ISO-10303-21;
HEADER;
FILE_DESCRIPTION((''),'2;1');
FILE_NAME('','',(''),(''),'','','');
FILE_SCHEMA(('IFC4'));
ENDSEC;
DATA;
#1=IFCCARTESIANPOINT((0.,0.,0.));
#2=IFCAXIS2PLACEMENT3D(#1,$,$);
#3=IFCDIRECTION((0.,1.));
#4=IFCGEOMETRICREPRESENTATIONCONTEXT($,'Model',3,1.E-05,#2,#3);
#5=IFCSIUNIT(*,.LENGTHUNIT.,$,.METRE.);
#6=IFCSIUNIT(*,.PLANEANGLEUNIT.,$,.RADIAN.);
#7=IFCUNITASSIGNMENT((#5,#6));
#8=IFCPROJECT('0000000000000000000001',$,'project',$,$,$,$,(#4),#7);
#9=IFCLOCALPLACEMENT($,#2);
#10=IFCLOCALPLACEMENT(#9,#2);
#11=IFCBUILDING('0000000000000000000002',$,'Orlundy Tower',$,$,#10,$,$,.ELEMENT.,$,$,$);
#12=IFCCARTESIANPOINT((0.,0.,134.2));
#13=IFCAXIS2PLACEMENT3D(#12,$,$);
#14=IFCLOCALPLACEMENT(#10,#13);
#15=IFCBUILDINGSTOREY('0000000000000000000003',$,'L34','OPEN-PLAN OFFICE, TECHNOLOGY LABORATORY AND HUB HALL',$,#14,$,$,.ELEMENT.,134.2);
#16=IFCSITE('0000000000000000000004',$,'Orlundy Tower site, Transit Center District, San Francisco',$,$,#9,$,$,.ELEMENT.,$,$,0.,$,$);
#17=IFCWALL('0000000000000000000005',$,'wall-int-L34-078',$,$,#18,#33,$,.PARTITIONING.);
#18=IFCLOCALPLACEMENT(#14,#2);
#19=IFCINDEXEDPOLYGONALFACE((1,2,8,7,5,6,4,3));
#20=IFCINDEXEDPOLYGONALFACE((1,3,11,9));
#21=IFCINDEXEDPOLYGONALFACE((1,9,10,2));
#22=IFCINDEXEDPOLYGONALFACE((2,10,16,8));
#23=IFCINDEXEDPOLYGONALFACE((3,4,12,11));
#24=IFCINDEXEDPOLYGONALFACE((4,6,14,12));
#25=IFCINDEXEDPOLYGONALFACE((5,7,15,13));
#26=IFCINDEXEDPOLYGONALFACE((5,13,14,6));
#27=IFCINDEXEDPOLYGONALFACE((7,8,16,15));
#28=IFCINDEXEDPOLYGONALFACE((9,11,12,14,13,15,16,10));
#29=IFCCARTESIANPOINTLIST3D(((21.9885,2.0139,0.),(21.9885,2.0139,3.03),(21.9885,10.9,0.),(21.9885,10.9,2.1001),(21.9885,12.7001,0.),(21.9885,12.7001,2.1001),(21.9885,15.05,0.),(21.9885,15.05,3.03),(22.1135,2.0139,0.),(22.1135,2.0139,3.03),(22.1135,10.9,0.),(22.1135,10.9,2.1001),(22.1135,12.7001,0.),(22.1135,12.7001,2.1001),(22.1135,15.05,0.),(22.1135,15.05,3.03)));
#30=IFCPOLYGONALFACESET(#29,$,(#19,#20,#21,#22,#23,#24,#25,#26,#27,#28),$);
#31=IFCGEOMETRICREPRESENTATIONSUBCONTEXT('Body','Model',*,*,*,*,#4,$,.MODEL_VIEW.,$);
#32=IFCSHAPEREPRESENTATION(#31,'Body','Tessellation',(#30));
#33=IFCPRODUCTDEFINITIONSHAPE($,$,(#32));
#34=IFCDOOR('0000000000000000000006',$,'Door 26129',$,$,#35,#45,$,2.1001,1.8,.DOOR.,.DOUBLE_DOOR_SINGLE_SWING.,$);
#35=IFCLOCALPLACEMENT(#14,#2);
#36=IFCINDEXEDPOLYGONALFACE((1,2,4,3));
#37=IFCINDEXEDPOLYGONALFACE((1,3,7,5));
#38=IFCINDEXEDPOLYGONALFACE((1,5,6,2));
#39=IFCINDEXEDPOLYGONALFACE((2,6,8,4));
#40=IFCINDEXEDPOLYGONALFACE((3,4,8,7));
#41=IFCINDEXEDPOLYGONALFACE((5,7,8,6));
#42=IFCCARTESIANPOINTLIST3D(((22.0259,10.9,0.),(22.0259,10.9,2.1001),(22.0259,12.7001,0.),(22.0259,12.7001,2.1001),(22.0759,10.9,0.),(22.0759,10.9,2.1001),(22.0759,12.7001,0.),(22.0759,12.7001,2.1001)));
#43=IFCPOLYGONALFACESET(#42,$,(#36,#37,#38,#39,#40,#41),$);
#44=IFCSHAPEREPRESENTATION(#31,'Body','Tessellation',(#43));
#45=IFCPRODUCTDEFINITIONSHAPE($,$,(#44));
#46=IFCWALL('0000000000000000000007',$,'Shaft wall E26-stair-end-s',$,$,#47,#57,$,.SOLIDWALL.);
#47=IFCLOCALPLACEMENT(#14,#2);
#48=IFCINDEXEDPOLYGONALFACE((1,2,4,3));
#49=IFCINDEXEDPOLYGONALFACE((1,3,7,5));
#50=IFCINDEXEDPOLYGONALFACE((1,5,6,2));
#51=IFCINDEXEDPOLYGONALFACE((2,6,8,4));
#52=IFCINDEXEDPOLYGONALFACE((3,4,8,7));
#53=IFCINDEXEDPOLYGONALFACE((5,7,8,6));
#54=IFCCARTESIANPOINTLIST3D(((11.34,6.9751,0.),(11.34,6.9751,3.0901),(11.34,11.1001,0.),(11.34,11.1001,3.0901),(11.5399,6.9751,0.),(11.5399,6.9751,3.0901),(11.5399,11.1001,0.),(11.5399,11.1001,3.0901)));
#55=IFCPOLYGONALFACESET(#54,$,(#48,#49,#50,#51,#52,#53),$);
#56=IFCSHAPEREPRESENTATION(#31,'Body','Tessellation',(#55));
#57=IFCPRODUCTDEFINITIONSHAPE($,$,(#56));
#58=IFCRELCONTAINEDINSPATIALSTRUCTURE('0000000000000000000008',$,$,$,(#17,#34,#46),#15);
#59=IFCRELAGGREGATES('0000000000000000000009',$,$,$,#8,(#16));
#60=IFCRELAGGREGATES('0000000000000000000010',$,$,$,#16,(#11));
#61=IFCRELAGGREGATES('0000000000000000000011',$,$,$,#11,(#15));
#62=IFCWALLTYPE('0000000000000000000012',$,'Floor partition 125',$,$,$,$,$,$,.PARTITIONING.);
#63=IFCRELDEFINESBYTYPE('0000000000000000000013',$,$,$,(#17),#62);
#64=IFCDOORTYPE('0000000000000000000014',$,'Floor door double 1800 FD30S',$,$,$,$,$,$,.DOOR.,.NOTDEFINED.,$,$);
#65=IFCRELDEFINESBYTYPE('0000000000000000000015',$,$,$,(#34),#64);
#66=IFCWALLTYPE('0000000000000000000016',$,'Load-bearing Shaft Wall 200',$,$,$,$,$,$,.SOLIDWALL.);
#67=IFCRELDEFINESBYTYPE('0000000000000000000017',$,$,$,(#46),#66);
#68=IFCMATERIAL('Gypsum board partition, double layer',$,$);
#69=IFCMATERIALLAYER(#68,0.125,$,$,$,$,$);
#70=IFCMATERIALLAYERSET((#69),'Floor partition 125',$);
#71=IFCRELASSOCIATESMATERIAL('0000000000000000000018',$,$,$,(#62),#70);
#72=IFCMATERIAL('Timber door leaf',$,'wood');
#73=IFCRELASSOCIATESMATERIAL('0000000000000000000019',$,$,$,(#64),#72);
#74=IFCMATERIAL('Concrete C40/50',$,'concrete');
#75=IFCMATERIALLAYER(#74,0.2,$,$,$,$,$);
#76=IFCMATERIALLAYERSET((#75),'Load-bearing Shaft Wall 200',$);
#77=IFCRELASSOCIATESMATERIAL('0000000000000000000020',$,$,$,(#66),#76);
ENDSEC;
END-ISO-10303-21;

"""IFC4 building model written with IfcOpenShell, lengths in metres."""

from ifc_helpers import new_model, si_unit, direction, frame, frame_2d, origin, place, context, subcontext, project, spatial, rectangle, extrude, material, layer, layer_set, type_object, element, fill, save


model = new_model("IFC4")

# Units and contexts
model_context = context("Model", 3, precision=1e-05, world=origin(), true_north=direction((0.0, 1.0)))
body_context = subcontext(model_context, "Body", "Model", "MODEL_VIEW")
ifc_project = project(units=[si_unit("LENGTHUNIT", "METRE"), si_unit("PLANEANGLEUNIT", "RADIAN")], contexts=[model_context])

# Site, building, storey
site_placement = place(None, origin())
site = spatial("IfcSite", under=ifc_project, at=site_placement, Name="Orlundy Tower site, Transit Center District, San Francisco", CompositionType="ELEMENT", RefElevation=0.0)
building_placement = place(site_placement, origin())
building = spatial("IfcBuilding", under=site, at=building_placement, Name="Orlundy Tower", CompositionType="ELEMENT")
storey_placement = place(building_placement, frame((0.0, 0.0, 134.2)))
storey = spatial("IfcBuildingStorey", under=building, at=storey_placement, Name="L34", Description="OPEN-PLAN OFFICE, TECHNOLOGY LABORATORY AND HUB HALL", CompositionType="ELEMENT", Elevation=134.2)

# Shared definitions
ifc_material_1 = material(Name="Gypsum board partition, double layer")
ifc_layer_1 = layer(ifc_material_1, 0.125)
ifc_layer_set_1 = layer_set([ifc_layer_1], Name="Floor partition 125")
wall_type_1 = type_object("IfcWallType", Name="Floor partition 125", PredefinedType="PARTITIONING", material=ifc_layer_set_1)

# Wall, opening, door
wall_1_placement = place(storey_placement, frame((22.051, 15.05, 0.0), z_axis=(0.0, 0.0, 1.0), x_axis=(0.0, -1.0, 0.0)))
wall_1 = element("IfcWall", 1, at=wall_1_placement, inside=storey, type_object=wall_type_1, Name="wall-int-L34-078", PredefinedType="PARTITIONING", context=body_context, shape_type="SweptSolid", body=[
    extrude(rectangle(XDim=13.0361, YDim=0.125, at=frame_2d((6.5181, 0.0))), origin(), (0.0, 0.0, 1.0), 3.03),
])
opening_1_placement = place(wall_1_placement, frame((2.3501, 0.0, 0.0)))
opening_1 = element("IfcOpeningElement", 2, at=opening_1_placement, cuts=wall_1, PredefinedType="OPENING", context=body_context, shape_type="SweptSolid", body=[
    extrude(rectangle(XDim=1.8, YDim=2.1001, at=frame_2d((0.8999, 1.05))), frame((0.0, 0.0725, 0.0), z_axis=(0.0, -1.0, 0.0), x_axis=(1.0, 0.0, 0.0)), (0.0, 0.0, 1.0), 0.145),
])
ifc_material_2 = material(Name="Timber door leaf", Category="wood")
door_type_1 = type_object("IfcDoorType", Name="Floor door double 1800 FD30S", OperationType="NOTDEFINED", PredefinedType="DOOR", material=ifc_material_2)
door_1_placement = place(opening_1_placement, origin())
door_1 = element("IfcDoor", 3, at=door_1_placement, inside=storey, type_object=door_type_1, Name="Door 26129", OperationType="DOUBLE_DOOR_SINGLE_SWING", OverallHeight=2.1001, OverallWidth=1.8, PredefinedType="DOOR", context=body_context, shape_type="SweptSolid", body=[
    extrude(rectangle(XDim=1.8, YDim=2.1001, at=frame_2d((0.8999, 1.05))), frame((0.0, 0.0249, 0.0), z_axis=(0.0, -1.0, 0.0), x_axis=(1.0, 0.0, 0.0)), (0.0, 0.0, 1.0), 0.05),
])
fill(opening_1, door_1)

# Wall
ifc_material_3 = material(Name="Concrete C40/50", Category="concrete")
ifc_layer_2 = layer(ifc_material_3, 0.2)
ifc_layer_set_2 = layer_set([ifc_layer_2], Name="Load-bearing Shaft Wall 200")
wall_type_2 = type_object("IfcWallType", Name="Load-bearing Shaft Wall 200", PredefinedType="SOLIDWALL", material=ifc_layer_set_2)
wall_2_placement = place(storey_placement, frame((11.4399, 11.1001, 0.0), z_axis=(0.0, 0.0, 1.0), x_axis=(0.0, -1.0, 0.0)))
element("IfcWall", 4, at=wall_2_placement, inside=storey, type_object=wall_type_2, Name="Shaft wall E26-stair-end-s", PredefinedType="SOLIDWALL", context=body_context, shape_type="SweptSolid", body=[
    extrude(rectangle(XDim=4.125, YDim=0.2, at=frame_2d((2.0625, 0.0))), origin(), (0.0, 0.0, 1.0), 3.0901),
])

save(model, "model.ifc")
